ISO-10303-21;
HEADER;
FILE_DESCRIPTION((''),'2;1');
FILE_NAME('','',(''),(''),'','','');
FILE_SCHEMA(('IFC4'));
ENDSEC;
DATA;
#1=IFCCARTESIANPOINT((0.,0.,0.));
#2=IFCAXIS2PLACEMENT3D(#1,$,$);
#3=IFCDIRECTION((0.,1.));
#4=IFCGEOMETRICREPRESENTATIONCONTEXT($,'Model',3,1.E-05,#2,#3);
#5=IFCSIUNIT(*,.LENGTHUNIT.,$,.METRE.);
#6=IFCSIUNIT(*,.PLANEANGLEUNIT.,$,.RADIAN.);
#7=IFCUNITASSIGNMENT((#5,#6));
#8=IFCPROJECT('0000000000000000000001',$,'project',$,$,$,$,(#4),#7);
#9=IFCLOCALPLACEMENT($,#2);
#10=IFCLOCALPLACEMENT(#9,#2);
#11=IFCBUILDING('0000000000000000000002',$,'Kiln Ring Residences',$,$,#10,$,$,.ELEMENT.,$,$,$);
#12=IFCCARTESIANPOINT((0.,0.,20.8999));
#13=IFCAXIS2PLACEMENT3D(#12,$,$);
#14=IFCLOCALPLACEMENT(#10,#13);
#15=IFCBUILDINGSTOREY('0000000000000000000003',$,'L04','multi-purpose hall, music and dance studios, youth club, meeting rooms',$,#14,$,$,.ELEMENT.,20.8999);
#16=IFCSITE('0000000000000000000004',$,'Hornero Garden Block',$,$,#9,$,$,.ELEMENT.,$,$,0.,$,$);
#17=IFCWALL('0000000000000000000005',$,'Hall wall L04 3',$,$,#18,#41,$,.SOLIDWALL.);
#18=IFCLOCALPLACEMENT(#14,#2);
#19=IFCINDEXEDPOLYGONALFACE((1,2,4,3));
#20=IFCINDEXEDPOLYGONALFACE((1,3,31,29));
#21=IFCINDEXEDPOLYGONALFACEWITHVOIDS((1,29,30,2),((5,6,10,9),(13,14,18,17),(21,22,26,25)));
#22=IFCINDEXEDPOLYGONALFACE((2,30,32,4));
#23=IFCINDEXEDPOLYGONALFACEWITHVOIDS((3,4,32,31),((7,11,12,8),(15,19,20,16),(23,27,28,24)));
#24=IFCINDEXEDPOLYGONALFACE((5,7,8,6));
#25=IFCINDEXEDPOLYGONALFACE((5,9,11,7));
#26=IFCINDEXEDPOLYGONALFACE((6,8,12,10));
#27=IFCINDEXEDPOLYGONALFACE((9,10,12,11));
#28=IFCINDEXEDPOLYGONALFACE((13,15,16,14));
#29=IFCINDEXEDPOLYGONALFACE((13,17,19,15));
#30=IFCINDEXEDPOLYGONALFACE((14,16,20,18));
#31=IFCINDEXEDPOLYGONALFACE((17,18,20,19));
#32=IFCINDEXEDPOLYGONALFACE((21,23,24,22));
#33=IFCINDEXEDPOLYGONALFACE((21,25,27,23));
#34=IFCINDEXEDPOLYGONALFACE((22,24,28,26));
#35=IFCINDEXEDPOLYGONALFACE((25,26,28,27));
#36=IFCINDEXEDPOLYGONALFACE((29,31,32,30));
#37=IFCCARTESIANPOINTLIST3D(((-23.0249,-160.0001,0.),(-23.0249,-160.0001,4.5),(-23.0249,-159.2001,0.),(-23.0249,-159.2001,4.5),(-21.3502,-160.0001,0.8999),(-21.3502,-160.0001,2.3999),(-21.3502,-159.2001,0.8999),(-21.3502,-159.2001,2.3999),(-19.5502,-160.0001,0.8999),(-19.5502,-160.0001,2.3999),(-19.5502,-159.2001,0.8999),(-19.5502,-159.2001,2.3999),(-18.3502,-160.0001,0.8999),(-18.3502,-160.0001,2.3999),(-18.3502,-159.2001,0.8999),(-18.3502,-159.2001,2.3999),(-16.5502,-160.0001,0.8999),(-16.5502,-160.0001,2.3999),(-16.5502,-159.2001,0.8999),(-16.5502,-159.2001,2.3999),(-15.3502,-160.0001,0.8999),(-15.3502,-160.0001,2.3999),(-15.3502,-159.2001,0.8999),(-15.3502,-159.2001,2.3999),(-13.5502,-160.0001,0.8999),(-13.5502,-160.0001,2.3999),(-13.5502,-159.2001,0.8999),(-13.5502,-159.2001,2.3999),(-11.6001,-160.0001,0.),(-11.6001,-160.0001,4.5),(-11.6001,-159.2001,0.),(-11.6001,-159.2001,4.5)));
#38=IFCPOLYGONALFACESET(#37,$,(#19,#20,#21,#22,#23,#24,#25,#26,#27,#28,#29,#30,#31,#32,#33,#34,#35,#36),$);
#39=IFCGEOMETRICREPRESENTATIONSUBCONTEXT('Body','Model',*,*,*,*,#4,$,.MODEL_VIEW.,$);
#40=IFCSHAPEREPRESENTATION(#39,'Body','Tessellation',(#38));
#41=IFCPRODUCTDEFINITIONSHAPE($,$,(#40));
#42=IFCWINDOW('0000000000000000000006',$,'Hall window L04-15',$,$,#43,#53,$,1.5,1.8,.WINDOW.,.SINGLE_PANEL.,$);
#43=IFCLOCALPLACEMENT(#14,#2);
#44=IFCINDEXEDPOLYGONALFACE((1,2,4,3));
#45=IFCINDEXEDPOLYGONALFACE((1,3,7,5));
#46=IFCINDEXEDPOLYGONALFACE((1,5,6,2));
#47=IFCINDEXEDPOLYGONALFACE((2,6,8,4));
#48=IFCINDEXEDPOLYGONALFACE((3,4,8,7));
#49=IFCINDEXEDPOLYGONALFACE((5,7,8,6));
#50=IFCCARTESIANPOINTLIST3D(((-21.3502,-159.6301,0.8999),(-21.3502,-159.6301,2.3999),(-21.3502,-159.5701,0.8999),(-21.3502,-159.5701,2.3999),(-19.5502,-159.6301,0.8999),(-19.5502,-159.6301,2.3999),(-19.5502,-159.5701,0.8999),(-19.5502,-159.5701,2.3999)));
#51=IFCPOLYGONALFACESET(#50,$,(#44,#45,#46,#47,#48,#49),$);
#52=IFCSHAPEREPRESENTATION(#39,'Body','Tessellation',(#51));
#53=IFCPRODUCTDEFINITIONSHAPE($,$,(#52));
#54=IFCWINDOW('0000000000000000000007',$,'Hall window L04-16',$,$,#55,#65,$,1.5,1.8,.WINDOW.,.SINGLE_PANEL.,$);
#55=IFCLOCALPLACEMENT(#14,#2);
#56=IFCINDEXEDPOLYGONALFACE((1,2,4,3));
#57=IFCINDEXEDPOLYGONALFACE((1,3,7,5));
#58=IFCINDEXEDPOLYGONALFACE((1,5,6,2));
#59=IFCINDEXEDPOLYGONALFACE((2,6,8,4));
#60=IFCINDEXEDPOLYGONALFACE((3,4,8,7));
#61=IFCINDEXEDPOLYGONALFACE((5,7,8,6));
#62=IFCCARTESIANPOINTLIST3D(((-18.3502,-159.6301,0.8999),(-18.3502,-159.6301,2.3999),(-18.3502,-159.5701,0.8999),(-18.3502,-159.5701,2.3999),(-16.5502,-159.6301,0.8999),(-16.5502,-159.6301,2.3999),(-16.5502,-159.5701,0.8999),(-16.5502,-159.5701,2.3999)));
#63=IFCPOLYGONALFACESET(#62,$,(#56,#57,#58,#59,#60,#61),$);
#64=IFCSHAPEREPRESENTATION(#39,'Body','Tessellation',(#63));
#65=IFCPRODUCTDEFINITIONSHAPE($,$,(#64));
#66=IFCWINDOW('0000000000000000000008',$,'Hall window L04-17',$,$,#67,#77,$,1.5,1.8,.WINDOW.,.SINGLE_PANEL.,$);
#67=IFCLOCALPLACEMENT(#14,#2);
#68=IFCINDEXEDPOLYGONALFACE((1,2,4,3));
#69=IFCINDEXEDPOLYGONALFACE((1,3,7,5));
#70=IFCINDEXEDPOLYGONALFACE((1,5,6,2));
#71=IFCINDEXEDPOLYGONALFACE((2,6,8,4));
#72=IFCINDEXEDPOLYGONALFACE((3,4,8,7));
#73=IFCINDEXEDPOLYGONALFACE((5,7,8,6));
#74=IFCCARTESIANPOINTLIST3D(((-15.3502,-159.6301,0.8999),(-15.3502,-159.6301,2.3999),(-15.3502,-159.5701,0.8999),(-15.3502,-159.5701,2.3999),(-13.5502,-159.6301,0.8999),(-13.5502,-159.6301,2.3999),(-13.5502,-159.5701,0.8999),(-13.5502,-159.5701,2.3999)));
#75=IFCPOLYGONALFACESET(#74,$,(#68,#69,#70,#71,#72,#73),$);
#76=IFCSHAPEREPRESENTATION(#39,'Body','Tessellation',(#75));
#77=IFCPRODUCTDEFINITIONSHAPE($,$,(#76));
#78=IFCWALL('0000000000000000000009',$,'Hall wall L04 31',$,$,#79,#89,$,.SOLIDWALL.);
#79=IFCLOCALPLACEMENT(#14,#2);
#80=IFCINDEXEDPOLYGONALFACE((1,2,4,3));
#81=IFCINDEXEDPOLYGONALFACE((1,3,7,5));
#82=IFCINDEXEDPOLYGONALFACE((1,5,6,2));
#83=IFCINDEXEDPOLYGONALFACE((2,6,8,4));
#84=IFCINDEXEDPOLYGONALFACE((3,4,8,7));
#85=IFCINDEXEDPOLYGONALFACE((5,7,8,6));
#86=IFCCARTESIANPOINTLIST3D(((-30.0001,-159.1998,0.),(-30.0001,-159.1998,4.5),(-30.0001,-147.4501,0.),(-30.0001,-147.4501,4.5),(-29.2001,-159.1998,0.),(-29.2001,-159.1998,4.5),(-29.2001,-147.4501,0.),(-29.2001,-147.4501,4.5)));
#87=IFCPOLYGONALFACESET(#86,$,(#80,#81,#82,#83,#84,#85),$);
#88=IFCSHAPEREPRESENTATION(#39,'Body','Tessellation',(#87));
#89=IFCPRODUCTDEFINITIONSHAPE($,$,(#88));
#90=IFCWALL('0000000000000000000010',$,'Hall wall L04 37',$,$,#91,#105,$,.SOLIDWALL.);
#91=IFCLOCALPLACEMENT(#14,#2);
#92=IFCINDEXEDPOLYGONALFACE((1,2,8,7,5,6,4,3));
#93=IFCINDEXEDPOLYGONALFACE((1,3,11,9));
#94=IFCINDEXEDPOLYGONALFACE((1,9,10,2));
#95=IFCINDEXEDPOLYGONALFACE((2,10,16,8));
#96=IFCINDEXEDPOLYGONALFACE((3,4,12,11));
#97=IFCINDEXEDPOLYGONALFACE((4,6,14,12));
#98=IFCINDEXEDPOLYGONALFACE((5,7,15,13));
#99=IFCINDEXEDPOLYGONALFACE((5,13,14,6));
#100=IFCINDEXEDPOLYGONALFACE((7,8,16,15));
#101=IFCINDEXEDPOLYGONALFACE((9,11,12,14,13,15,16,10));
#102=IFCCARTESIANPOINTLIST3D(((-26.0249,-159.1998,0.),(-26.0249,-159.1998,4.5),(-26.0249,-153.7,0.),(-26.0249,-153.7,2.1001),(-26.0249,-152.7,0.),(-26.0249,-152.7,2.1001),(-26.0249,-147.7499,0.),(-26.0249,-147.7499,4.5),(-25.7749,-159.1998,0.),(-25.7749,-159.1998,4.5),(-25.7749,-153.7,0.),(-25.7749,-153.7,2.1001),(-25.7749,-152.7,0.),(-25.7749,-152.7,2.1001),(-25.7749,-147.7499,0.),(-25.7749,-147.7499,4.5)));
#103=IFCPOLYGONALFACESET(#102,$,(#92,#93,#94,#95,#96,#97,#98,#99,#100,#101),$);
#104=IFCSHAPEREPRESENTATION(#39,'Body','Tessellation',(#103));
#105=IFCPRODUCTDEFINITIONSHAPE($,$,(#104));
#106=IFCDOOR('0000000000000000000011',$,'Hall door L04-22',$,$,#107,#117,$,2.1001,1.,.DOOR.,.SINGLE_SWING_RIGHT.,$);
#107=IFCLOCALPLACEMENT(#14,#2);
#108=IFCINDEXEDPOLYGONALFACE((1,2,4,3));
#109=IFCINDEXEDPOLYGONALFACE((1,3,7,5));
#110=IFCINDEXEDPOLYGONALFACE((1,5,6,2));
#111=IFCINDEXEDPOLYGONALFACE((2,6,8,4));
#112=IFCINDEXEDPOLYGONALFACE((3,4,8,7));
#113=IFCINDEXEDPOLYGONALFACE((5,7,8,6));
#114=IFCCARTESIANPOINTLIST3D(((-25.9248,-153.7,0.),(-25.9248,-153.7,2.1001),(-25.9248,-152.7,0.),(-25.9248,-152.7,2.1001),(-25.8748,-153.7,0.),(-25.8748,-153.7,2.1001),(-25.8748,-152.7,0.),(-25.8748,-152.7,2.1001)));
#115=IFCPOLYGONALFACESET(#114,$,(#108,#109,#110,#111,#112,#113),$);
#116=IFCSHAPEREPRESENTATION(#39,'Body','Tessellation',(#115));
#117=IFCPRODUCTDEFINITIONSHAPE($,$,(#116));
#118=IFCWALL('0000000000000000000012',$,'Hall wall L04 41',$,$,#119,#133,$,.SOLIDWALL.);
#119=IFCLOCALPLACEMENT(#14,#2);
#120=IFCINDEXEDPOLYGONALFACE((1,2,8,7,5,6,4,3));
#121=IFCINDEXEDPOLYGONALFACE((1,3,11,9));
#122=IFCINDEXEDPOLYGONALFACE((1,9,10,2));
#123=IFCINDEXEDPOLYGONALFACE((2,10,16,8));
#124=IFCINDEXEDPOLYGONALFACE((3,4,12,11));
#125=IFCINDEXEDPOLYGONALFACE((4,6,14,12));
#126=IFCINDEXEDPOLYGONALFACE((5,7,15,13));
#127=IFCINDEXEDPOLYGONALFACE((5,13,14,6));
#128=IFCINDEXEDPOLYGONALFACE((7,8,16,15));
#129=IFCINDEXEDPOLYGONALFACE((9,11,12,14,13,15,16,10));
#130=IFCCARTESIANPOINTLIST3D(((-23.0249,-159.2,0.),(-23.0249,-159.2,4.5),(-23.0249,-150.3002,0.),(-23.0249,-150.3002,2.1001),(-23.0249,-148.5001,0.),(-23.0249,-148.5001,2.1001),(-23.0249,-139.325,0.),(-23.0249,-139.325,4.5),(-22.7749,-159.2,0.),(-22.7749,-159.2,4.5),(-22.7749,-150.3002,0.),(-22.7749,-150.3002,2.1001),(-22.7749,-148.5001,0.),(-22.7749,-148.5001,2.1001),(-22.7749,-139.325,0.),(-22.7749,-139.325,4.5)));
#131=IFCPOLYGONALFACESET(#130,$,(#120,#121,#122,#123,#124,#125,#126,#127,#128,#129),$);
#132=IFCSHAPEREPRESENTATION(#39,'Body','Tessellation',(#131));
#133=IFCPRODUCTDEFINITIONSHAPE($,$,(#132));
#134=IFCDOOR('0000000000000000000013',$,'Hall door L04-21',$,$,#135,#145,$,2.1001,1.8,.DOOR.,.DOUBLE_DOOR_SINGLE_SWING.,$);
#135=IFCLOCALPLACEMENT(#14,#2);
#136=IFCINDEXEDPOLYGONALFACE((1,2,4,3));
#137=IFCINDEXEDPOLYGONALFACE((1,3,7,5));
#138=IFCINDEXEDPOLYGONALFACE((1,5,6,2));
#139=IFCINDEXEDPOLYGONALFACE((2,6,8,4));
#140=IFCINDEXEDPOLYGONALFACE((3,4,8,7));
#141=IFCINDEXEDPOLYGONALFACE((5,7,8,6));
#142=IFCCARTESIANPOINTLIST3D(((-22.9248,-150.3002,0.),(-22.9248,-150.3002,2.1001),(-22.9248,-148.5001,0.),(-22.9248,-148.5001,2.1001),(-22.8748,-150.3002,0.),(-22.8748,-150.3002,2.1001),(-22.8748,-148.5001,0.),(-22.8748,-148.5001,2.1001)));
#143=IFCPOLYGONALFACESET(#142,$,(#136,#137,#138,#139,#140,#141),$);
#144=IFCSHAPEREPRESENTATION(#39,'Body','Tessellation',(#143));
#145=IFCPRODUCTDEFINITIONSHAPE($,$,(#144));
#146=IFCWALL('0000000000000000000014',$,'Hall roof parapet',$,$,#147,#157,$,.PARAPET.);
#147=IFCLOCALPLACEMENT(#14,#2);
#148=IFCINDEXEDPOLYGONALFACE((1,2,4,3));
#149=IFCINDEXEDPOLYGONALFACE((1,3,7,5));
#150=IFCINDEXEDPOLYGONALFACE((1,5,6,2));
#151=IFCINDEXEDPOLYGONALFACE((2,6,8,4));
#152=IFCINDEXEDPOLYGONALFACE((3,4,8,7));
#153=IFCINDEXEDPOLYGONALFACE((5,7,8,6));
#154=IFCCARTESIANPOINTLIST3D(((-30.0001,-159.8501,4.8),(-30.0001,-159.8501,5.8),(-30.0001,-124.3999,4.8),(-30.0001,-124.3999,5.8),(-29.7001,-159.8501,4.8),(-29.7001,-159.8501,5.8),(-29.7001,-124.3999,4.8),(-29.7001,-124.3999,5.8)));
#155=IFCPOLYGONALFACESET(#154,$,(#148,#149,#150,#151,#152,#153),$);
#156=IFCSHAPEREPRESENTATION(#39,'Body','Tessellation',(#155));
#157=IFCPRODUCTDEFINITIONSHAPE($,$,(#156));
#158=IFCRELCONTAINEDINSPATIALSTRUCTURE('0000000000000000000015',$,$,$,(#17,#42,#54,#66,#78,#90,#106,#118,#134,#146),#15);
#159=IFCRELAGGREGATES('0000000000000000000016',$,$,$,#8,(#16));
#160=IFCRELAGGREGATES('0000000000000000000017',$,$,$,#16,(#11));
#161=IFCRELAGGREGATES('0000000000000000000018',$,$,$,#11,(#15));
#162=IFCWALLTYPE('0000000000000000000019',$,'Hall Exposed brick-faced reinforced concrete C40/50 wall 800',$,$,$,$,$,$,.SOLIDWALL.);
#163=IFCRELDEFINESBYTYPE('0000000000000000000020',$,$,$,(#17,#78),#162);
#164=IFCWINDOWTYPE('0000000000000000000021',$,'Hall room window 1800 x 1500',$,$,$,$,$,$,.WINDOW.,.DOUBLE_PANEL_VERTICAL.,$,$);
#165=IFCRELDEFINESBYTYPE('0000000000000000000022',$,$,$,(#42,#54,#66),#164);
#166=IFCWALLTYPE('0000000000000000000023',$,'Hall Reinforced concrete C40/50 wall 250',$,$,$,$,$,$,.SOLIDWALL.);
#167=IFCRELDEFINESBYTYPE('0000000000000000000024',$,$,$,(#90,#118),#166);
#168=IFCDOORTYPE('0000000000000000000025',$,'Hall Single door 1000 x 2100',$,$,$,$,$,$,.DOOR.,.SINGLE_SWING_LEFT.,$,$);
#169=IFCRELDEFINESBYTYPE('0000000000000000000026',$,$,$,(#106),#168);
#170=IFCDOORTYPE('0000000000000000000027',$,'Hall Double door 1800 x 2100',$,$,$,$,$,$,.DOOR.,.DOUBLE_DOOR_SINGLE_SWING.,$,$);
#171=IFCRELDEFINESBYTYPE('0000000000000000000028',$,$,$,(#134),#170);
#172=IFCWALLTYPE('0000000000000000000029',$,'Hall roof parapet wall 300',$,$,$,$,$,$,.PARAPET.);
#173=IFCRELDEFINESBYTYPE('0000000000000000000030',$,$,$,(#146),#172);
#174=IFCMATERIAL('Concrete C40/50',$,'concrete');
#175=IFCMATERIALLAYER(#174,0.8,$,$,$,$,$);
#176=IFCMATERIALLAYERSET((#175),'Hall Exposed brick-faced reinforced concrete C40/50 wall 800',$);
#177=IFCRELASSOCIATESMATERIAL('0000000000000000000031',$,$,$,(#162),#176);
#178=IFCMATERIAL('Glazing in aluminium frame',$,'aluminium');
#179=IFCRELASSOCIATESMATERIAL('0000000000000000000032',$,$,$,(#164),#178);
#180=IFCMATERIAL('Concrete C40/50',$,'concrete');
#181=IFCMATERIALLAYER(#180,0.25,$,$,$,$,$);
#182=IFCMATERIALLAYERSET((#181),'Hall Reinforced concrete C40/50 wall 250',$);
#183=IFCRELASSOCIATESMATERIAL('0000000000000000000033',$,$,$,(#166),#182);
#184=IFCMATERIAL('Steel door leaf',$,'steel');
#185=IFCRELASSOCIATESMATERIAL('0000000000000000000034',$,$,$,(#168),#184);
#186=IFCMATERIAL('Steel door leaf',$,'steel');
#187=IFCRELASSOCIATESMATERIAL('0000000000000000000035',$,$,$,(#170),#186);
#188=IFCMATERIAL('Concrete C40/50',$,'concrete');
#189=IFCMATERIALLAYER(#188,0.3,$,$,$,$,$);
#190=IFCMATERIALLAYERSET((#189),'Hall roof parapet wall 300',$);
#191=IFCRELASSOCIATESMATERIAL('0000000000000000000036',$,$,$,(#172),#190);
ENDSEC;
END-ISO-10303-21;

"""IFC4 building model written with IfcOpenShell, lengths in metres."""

from ifc_helpers import new_model, si_unit, direction, frame, frame_2d, origin, place, context, subcontext, project, spatial, rectangle, extrude, material, layer, layer_set, type_object, element, fill, save


model = new_model("IFC4")

# Units and contexts
model_context = context("Model", 3, precision=1e-05, world=origin(), true_north=direction((0.0, 1.0)))
body_context = subcontext(model_context, "Body", "Model", "MODEL_VIEW")
ifc_project = project(units=[si_unit("LENGTHUNIT", "METRE"), si_unit("PLANEANGLEUNIT", "RADIAN")], contexts=[model_context])

# Site, building, storey
site_placement = place(None, origin())
site = spatial("IfcSite", under=ifc_project, at=site_placement, Name="Hornero Garden Block", CompositionType="ELEMENT", RefElevation=0.0)
building_placement = place(site_placement, origin())
building = spatial("IfcBuilding", under=site, at=building_placement, Name="Kiln Ring Residences", CompositionType="ELEMENT")
storey_placement = place(building_placement, frame((0.0, 0.0, 20.8999)))
storey = spatial("IfcBuildingStorey", under=building, at=storey_placement, Name="L04", Description="multi-purpose hall, music and dance studios, youth club, meeting rooms", CompositionType="ELEMENT", Elevation=20.8999)

# Shared definitions
ifc_material_1 = material(Name="Concrete C40/50", Category="concrete")
ifc_layer_1 = layer(ifc_material_1, 0.8)
ifc_layer_set_1 = layer_set([ifc_layer_1], Name="Hall Exposed brick-faced reinforced concrete C40/50 wall 800")
wall_type_1 = type_object("IfcWallType", Name="Hall Exposed brick-faced reinforced concrete C40/50 wall 800", PredefinedType="SOLIDWALL", material=ifc_layer_set_1)

# Wall, openings, windows
wall_1_placement = place(storey_placement, frame((-23.0249, -159.6001, 0.0), z_axis=(0.0, 0.0, 1.0), x_axis=(1.0, 0.0, 0.0)))
wall_1 = element("IfcWall", 1, at=wall_1_placement, inside=storey, type_object=wall_type_1, Name="Hall wall L04 3", PredefinedType="SOLIDWALL", context=body_context, shape_type="SweptSolid", body=[
    extrude(rectangle(XDim=11.4248, YDim=0.8, at=frame_2d((5.7124, 0.0))), origin(), (0.0, 0.0, 1.0), 4.5),
])
opening_1_placement = place(wall_1_placement, frame((1.6748, 0.0, 0.8999)))
opening_1 = element("IfcOpeningElement", 2, at=opening_1_placement, cuts=wall_1, PredefinedType="OPENING", context=body_context, shape_type="SweptSolid", body=[
    extrude(rectangle(XDim=1.8, YDim=1.5, at=frame_2d((0.8999, 0.75))), frame((0.0, 0.4099, 0.0), z_axis=(0.0, -1.0, 0.0), x_axis=(1.0, 0.0, 0.0)), (0.0, 0.0, 1.0), 0.8201),
])
opening_2_placement = place(wall_1_placement, frame((4.6748, 0.0, 0.8999)))
opening_2 = element("IfcOpeningElement", 3, at=opening_2_placement, cuts=wall_1, PredefinedType="OPENING", context=body_context, shape_type="SweptSolid", body=[
    extrude(rectangle(XDim=1.8, YDim=1.5, at=frame_2d((0.8999, 0.75))), frame((0.0, 0.4099, 0.0), z_axis=(0.0, -1.0, 0.0), x_axis=(1.0, 0.0, 0.0)), (0.0, 0.0, 1.0), 0.8201),
])
opening_3_placement = place(wall_1_placement, frame((7.6748, 0.0, 0.8999)))
opening_3 = element("IfcOpeningElement", 4, at=opening_3_placement, cuts=wall_1, PredefinedType="OPENING", context=body_context, shape_type="SweptSolid", body=[
    extrude(rectangle(XDim=1.8, YDim=1.5, at=frame_2d((0.8999, 0.75))), frame((0.0, 0.4099, 0.0), z_axis=(0.0, -1.0, 0.0), x_axis=(1.0, 0.0, 0.0)), (0.0, 0.0, 1.0), 0.8201),
])
ifc_material_2 = material(Name="Glazing in aluminium frame", Category="aluminium")
window_type = type_object("IfcWindowType", Name="Hall room window 1800 x 1500", PartitioningType="DOUBLE_PANEL_VERTICAL", PredefinedType="WINDOW", material=ifc_material_2)
window_1_placement = place(opening_1_placement, origin())
window_1 = element("IfcWindow", 5, at=window_1_placement, inside=storey, type_object=window_type, Name="Hall window L04-15", OverallHeight=1.5, OverallWidth=1.8, PartitioningType="SINGLE_PANEL", PredefinedType="WINDOW", context=body_context, shape_type="SweptSolid", body=[
    extrude(rectangle(XDim=1.8, YDim=1.5, at=frame_2d((0.8999, 0.75))), frame((0.0, 0.03, 0.0), z_axis=(0.0, -1.0, 0.0), x_axis=(1.0, 0.0, 0.0)), (0.0, 0.0, 1.0), 0.0601),
])
fill(opening_1, window_1)
window_2_placement = place(opening_2_placement, origin())
window_2 = element("IfcWindow", 6, at=window_2_placement, inside=storey, type_object=window_type, Name="Hall window L04-16", OverallHeight=1.5, OverallWidth=1.8, PartitioningType="SINGLE_PANEL", PredefinedType="WINDOW", context=body_context, shape_type="SweptSolid", body=[
    extrude(rectangle(XDim=1.8, YDim=1.5, at=frame_2d((0.8999, 0.75))), frame((0.0, 0.03, 0.0), z_axis=(0.0, -1.0, 0.0), x_axis=(1.0, 0.0, 0.0)), (0.0, 0.0, 1.0), 0.0601),
])
fill(opening_2, window_2)
window_3_placement = place(opening_3_placement, origin())
window_3 = element("IfcWindow", 7, at=window_3_placement, inside=storey, type_object=window_type, Name="Hall window L04-17", OverallHeight=1.5, OverallWidth=1.8, PartitioningType="SINGLE_PANEL", PredefinedType="WINDOW", context=body_context, shape_type="SweptSolid", body=[
    extrude(rectangle(XDim=1.8, YDim=1.5, at=frame_2d((0.8999, 0.75))), frame((0.0, 0.03, 0.0), z_axis=(0.0, -1.0, 0.0), x_axis=(1.0, 0.0, 0.0)), (0.0, 0.0, 1.0), 0.0601),
])
fill(opening_3, window_3)

# Wall
wall_2_placement = place(storey_placement, frame((-29.6001, -159.2, 0.0), z_axis=(0.0, 0.0, 1.0), x_axis=(0.0, 1.0, 0.0)))
element("IfcWall", 8, at=wall_2_placement, inside=storey, type_object=wall_type_1, Name="Hall wall L04 31", PredefinedType="SOLIDWALL", context=body_context, shape_type="SweptSolid", body=[
    extrude(rectangle(XDim=11.7498, YDim=0.8, at=frame_2d((5.875, 0.0))), origin(), (0.0, 0.0, 1.0), 4.5),
])

# Walls, openings, doors
ifc_material_3 = material(Name="Concrete C40/50", Category="concrete")
ifc_layer_2 = layer(ifc_material_3, 0.25)
ifc_layer_set_2 = layer_set([ifc_layer_2], Name="Hall Reinforced concrete C40/50 wall 250")
wall_type_2 = type_object("IfcWallType", Name="Hall Reinforced concrete C40/50 wall 250", PredefinedType="SOLIDWALL", material=ifc_layer_set_2)
wall_3_placement = place(storey_placement, frame((-25.8999, -159.2, 0.0), z_axis=(0.0, 0.0, 1.0), x_axis=(0.0, 1.0, 0.0)))
wall_3 = element("IfcWall", 9, at=wall_3_placement, inside=storey, type_object=wall_type_2, Name="Hall wall L04 37", PredefinedType="SOLIDWALL", context=body_context, shape_type="SweptSolid", body=[
    extrude(rectangle(XDim=11.45, YDim=0.25, at=frame_2d((5.7251, 0.0))), origin(), (0.0, 0.0, 1.0), 4.5),
])
opening_4_placement = place(wall_3_placement, frame((5.5, 0.0, 0.0)))
opening_4 = element("IfcOpeningElement", 10, at=opening_4_placement, cuts=wall_3, PredefinedType="OPENING", context=body_context, shape_type="SweptSolid", body=[
    extrude(rectangle(XDim=1.0, YDim=2.1001, at=frame_2d((0.5, 1.05))), frame((0.0, 0.135, 0.0), z_axis=(0.0, -1.0, 0.0), x_axis=(1.0, 0.0, 0.0)), (0.0, 0.0, 1.0), 0.27),
])
ifc_material_4 = material(Name="Steel door leaf", Category="steel")
door_type_1 = type_object("IfcDoorType", Name="Hall Single door 1000 x 2100", OperationType="SINGLE_SWING_LEFT", PredefinedType="DOOR", material=ifc_material_4)
door_1_placement = place(opening_4_placement, origin())
door_1 = element("IfcDoor", 11, at=door_1_placement, inside=storey, type_object=door_type_1, Name="Hall door L04-22", OperationType="SINGLE_SWING_RIGHT", OverallHeight=2.1001, OverallWidth=1.0, PredefinedType="DOOR", context=body_context, shape_type="SweptSolid", body=[
    extrude(rectangle(XDim=1.0, YDim=2.1001, at=frame_2d((0.5, 1.05))), frame((0.0, 0.0249, 0.0), z_axis=(0.0, -1.0, 0.0), x_axis=(1.0, 0.0, 0.0)), (0.0, 0.0, 1.0), 0.05),
])
fill(opening_4, door_1)
wall_4_placement = place(storey_placement, frame((-22.8999, -159.2, 0.0), z_axis=(0.0, 0.0, 1.0), x_axis=(0.0, 1.0, 0.0)))
wall_4 = element("IfcWall", 12, at=wall_4_placement, inside=storey, type_object=wall_type_2, Name="Hall wall L04 41", PredefinedType="SOLIDWALL", context=body_context, shape_type="SweptSolid", body=[
    extrude(rectangle(XDim=19.875, YDim=0.25, at=frame_2d((9.9375, 0.0))), origin(), (0.0, 0.0, 1.0), 4.5),
])
opening_5_placement = place(wall_4_placement, frame((8.8999, 0.0, 0.0)))
opening_5 = element("IfcOpeningElement", 13, at=opening_5_placement, cuts=wall_4, PredefinedType="OPENING", context=body_context, shape_type="SweptSolid", body=[
    extrude(rectangle(XDim=1.8, YDim=2.1001, at=frame_2d((0.8999, 1.05))), frame((0.0, 0.135, 0.0), z_axis=(0.0, -1.0, 0.0), x_axis=(1.0, 0.0, 0.0)), (0.0, 0.0, 1.0), 0.27),
])
ifc_material_5 = material(Name="Steel door leaf", Category="steel")
door_type_2 = type_object("IfcDoorType", Name="Hall Double door 1800 x 2100", OperationType="DOUBLE_DOOR_SINGLE_SWING", PredefinedType="DOOR", material=ifc_material_5)
door_2_placement = place(opening_5_placement, origin())
door_2 = element("IfcDoor", 14, at=door_2_placement, inside=storey, type_object=door_type_2, Name="Hall door L04-21", OperationType="DOUBLE_DOOR_SINGLE_SWING", OverallHeight=2.1001, OverallWidth=1.8, PredefinedType="DOOR", context=body_context, shape_type="SweptSolid", body=[
    extrude(rectangle(XDim=1.8, YDim=2.1001, at=frame_2d((0.8999, 1.05))), frame((0.0, 0.0249, 0.0), z_axis=(0.0, -1.0, 0.0), x_axis=(1.0, 0.0, 0.0)), (0.0, 0.0, 1.0), 0.05),
])
fill(opening_5, door_2)

# Wall
ifc_material_6 = material(Name="Concrete C40/50", Category="concrete")
ifc_layer_3 = layer(ifc_material_6, 0.3)
ifc_layer_set_3 = layer_set([ifc_layer_3], Name="Hall roof parapet wall 300")
wall_type_3 = type_object("IfcWallType", Name="Hall roof parapet wall 300", PredefinedType="PARAPET", material=ifc_layer_set_3)
wall_5_placement = place(storey_placement, frame((-29.8501, -159.8501, 4.8), z_axis=(0.0, 0.0, 1.0), x_axis=(0.0, 1.0, 0.0)))
element("IfcWall", 15, at=wall_5_placement, inside=storey, type_object=wall_type_3, Name="Hall roof parapet", PredefinedType="PARAPET", context=body_context, shape_type="SweptSolid", body=[
    extrude(rectangle(XDim=35.4502, YDim=0.3, at=frame_2d((17.7251, 0.0))), origin(), (0.0, 0.0, 1.0), 1.0),
])

save(model, "model.ifc")
